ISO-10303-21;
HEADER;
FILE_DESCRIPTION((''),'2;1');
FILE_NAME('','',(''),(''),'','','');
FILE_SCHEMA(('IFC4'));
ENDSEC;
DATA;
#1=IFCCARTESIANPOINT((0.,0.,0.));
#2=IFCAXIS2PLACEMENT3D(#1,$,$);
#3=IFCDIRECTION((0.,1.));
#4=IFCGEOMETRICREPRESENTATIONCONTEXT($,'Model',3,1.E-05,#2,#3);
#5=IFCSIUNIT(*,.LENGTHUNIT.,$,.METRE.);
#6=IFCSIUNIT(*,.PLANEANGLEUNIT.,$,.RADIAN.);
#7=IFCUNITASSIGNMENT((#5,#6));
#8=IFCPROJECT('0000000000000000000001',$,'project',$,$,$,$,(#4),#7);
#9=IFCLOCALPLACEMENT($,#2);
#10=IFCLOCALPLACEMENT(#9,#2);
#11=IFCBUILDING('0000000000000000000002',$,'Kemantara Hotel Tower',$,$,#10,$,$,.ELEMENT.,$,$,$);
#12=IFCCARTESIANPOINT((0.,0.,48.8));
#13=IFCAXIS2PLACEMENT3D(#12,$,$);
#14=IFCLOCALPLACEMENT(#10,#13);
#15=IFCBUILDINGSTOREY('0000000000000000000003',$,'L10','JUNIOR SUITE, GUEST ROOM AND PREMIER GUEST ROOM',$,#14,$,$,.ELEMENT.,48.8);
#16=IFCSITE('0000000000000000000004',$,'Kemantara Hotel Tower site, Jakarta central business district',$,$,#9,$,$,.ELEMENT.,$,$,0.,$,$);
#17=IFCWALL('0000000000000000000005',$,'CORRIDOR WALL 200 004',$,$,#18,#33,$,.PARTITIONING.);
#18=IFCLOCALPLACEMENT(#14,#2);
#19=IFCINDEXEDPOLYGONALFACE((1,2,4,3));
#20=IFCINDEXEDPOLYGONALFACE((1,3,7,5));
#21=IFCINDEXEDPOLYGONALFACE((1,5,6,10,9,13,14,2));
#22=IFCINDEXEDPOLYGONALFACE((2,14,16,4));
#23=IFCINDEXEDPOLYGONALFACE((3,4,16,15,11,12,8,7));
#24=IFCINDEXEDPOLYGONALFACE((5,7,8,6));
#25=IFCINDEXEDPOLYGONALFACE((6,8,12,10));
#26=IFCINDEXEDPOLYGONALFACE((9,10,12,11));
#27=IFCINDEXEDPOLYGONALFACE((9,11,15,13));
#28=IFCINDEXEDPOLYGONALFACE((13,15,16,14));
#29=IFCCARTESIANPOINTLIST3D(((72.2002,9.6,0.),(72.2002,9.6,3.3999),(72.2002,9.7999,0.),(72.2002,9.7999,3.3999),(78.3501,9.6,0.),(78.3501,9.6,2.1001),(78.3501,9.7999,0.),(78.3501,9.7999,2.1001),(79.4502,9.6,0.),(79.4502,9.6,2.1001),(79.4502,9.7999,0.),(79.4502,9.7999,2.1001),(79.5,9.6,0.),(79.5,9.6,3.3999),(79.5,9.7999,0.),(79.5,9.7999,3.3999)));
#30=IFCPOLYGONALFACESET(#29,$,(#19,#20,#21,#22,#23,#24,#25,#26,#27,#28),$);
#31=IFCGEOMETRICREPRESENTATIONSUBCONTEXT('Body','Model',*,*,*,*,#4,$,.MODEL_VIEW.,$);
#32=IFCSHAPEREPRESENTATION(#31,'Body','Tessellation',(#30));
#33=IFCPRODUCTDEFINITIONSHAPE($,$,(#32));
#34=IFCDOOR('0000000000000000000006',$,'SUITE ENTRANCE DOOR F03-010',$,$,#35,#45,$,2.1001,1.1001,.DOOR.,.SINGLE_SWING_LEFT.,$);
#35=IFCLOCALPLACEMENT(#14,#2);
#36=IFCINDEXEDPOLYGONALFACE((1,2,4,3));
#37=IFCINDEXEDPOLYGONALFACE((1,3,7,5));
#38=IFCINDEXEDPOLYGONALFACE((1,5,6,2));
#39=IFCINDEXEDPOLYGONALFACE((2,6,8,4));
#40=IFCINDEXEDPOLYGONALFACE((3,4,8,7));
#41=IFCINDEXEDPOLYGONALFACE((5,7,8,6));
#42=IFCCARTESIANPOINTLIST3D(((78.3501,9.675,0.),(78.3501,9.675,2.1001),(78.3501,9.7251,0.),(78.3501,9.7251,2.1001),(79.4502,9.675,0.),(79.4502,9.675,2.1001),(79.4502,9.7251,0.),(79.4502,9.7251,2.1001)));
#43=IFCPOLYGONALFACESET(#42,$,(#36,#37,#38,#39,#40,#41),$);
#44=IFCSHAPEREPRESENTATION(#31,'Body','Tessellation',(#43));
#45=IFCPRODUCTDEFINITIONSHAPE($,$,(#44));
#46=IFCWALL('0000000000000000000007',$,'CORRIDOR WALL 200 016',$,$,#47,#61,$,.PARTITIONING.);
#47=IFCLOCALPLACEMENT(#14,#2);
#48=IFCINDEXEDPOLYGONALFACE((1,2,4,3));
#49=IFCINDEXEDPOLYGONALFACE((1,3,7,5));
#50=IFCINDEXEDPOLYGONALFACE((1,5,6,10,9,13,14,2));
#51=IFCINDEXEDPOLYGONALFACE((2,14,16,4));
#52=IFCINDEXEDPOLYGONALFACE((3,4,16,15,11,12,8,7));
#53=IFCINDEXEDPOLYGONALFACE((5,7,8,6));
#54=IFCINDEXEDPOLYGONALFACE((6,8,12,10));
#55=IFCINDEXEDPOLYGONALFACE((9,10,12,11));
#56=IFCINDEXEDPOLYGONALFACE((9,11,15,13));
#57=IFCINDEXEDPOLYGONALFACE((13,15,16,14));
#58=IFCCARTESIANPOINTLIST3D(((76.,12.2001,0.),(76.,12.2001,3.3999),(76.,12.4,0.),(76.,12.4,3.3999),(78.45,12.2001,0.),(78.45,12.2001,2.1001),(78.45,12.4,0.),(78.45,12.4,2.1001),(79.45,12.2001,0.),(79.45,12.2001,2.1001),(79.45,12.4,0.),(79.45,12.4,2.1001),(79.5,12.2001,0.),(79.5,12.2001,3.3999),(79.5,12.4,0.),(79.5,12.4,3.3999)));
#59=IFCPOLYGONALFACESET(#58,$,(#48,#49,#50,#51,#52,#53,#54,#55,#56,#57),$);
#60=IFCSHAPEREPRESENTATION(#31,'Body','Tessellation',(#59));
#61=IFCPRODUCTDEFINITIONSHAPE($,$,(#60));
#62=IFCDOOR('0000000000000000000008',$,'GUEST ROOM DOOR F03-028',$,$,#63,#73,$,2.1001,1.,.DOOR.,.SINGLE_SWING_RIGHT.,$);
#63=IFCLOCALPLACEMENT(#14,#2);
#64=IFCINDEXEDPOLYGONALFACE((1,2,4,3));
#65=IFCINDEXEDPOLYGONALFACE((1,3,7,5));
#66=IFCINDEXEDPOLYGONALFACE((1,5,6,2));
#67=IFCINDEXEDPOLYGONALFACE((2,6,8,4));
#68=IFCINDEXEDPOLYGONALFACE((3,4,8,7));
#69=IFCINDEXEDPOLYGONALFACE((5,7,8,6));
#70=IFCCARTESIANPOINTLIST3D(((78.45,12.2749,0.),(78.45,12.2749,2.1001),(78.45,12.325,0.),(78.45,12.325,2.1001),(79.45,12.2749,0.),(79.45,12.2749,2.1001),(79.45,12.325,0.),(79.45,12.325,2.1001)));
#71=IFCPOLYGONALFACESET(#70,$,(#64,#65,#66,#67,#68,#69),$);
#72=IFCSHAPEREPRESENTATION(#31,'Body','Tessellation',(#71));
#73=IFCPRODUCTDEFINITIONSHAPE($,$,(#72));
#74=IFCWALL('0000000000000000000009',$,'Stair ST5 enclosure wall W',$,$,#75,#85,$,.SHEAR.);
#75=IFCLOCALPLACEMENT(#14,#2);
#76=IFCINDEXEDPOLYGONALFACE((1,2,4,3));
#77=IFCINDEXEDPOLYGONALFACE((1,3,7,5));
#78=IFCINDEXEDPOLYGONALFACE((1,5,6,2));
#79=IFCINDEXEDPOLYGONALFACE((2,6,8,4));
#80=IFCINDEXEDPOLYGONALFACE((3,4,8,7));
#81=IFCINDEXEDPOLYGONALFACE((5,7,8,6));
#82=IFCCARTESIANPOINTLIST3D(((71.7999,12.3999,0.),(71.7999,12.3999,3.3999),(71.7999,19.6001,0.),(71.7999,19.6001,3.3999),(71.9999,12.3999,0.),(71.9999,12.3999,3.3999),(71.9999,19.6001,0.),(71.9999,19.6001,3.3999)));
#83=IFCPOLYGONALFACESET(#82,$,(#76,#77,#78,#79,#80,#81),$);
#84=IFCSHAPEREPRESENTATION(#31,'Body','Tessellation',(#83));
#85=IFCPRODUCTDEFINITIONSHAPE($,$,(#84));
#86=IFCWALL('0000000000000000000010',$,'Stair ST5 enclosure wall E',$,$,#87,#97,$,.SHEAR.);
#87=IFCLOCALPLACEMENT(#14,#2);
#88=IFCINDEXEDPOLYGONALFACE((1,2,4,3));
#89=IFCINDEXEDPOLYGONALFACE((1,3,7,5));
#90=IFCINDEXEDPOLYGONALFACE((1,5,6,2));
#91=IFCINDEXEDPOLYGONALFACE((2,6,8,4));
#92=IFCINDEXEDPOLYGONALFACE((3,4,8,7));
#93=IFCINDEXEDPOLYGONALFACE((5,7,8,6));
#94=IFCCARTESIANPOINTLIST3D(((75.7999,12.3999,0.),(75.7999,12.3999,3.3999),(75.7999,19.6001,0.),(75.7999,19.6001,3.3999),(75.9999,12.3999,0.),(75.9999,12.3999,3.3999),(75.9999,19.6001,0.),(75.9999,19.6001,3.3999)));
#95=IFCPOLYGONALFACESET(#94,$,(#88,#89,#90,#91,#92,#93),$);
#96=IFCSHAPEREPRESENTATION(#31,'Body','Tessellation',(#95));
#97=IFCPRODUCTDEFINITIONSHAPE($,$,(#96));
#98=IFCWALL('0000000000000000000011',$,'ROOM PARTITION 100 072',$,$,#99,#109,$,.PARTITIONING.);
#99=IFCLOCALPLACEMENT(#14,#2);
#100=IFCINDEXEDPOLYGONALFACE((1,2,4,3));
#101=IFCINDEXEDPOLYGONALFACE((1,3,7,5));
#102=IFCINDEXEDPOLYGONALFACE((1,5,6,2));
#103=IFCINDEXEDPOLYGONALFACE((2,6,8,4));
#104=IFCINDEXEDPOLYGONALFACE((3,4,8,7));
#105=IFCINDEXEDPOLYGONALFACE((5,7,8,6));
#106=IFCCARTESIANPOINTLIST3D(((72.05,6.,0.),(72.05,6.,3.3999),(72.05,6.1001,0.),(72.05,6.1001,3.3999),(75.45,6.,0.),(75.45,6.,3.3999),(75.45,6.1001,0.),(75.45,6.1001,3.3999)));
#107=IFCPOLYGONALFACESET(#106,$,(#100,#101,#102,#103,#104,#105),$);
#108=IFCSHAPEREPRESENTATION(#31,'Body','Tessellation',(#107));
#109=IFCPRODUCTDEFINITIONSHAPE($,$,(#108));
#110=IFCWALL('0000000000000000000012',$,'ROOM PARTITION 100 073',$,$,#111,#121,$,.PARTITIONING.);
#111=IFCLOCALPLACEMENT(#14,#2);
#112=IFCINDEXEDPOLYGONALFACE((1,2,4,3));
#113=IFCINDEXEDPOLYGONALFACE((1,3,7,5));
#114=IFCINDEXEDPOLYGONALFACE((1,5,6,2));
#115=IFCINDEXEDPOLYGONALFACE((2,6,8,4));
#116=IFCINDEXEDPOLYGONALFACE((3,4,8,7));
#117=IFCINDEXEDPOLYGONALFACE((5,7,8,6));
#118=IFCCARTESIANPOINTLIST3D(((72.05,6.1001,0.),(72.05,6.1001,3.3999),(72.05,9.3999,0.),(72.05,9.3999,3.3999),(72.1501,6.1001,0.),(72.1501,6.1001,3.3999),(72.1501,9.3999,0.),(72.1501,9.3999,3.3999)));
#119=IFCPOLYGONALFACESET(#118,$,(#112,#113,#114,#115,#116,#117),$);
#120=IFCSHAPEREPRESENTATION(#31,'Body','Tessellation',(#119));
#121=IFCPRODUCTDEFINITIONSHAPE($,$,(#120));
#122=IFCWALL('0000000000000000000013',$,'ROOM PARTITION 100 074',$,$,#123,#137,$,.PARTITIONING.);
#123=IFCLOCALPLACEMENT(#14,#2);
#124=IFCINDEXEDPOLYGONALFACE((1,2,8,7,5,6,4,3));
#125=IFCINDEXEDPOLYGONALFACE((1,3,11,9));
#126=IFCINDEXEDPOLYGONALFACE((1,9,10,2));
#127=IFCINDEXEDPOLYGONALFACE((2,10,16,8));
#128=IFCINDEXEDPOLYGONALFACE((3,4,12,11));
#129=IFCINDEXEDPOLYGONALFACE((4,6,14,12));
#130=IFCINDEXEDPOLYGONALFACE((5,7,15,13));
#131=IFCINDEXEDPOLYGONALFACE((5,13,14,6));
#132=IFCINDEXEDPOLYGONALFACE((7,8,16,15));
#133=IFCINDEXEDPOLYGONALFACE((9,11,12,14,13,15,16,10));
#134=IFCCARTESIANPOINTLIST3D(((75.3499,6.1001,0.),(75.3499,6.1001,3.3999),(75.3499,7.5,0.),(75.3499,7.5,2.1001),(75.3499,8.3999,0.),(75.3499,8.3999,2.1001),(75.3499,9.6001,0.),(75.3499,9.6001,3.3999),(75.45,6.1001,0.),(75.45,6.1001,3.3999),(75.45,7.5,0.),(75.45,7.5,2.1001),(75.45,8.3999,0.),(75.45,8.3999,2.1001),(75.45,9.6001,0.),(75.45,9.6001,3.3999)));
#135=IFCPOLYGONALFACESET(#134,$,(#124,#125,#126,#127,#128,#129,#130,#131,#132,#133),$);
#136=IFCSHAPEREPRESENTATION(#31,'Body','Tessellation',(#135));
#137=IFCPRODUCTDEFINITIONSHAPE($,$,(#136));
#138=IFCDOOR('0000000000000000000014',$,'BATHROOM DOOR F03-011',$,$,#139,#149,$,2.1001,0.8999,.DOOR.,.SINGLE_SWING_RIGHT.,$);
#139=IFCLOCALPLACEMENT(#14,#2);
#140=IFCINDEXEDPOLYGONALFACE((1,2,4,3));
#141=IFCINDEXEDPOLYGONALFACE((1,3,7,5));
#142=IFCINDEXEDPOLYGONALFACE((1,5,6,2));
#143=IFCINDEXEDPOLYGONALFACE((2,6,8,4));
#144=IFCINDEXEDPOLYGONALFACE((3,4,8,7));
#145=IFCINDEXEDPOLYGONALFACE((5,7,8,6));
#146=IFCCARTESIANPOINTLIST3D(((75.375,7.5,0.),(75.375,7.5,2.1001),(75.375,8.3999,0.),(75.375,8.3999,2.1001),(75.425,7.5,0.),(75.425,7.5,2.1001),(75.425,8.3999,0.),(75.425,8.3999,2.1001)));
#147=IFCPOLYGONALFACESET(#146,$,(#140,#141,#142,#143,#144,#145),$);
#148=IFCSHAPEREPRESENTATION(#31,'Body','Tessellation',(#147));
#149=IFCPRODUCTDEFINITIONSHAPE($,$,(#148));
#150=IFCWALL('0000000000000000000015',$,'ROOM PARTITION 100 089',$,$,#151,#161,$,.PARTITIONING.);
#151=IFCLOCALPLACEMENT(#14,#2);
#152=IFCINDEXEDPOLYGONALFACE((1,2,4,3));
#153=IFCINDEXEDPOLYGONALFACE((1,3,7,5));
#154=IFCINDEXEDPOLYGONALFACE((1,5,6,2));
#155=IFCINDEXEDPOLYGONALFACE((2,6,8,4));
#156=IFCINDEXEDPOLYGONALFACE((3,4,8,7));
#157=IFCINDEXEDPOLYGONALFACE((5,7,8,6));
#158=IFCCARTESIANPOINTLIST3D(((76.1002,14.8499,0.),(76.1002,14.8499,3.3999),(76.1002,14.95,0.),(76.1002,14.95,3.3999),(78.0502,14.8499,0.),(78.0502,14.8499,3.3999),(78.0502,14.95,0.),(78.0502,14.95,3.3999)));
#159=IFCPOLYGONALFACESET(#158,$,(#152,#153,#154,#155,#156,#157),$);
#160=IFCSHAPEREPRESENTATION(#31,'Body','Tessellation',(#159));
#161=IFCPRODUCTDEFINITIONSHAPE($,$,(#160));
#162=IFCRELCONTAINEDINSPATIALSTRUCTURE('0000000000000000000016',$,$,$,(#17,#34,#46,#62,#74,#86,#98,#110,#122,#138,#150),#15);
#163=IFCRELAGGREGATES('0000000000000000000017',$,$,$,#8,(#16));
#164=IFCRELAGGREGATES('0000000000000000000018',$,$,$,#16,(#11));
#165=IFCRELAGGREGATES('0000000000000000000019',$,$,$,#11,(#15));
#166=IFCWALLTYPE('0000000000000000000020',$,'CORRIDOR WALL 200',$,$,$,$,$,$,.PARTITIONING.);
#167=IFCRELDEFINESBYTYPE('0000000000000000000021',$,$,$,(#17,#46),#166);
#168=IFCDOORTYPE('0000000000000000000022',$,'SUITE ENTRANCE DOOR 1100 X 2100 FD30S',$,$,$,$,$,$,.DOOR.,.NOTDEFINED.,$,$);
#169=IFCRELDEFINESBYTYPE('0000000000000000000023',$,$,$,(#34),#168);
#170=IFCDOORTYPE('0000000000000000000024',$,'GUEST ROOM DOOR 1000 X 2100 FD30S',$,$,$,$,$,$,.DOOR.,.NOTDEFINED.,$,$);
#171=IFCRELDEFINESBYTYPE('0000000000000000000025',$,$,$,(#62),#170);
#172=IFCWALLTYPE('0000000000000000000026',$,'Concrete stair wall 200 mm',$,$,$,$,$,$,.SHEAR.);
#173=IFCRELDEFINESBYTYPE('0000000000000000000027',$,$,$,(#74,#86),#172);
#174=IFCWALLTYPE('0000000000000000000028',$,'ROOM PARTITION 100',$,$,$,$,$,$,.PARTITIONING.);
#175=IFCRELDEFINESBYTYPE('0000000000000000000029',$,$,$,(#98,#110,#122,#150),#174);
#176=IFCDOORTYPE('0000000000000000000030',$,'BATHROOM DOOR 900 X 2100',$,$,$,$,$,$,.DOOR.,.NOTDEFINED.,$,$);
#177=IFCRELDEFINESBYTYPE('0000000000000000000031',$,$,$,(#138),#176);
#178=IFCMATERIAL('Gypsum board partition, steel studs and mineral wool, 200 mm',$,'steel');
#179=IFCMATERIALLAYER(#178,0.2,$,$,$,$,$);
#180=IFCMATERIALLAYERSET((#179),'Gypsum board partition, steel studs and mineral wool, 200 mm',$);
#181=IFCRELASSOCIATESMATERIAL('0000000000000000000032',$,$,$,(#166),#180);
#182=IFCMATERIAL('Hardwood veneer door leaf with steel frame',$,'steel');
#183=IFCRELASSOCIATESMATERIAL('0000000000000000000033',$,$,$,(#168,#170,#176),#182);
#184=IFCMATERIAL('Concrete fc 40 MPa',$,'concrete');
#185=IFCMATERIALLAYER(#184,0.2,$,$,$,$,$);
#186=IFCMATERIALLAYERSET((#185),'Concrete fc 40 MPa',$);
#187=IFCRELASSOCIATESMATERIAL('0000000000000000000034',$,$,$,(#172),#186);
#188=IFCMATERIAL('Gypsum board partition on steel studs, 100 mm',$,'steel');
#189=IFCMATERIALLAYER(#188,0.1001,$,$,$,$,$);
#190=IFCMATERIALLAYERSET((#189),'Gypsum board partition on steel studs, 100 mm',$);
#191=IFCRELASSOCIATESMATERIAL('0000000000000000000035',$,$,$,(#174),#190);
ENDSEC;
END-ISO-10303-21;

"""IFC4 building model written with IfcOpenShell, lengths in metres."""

from ifc_helpers import new_model, si_unit, direction, frame, frame_2d, origin, place, context, subcontext, project, spatial, rectangle, extrude, material, layer, layer_set, type_object, element, fill, save


model = new_model("IFC4")

# Units and contexts
model_context = context("Model", 3, precision=1e-05, world=origin(), true_north=direction((0.0, 1.0)))
body_context = subcontext(model_context, "Body", "Model", "MODEL_VIEW")
ifc_project = project(units=[si_unit("LENGTHUNIT", "METRE"), si_unit("PLANEANGLEUNIT", "RADIAN")], contexts=[model_context])

# Site, building, storey
site_placement = place(None, origin())
site = spatial("IfcSite", under=ifc_project, at=site_placement, Name="Kemantara Hotel Tower site, Jakarta central business district", CompositionType="ELEMENT", RefElevation=0.0)
building_placement = place(site_placement, origin())
building = spatial("IfcBuilding", under=site, at=building_placement, Name="Kemantara Hotel Tower", CompositionType="ELEMENT")
storey_placement = place(building_placement, frame((0.0, 0.0, 48.8)))
storey = spatial("IfcBuildingStorey", under=building, at=storey_placement, Name="L10", Description="JUNIOR SUITE, GUEST ROOM AND PREMIER GUEST ROOM", CompositionType="ELEMENT", Elevation=48.8)

# Walls, openings, doors
ifc_material_1 = material(Name="Gypsum board partition, steel studs and mineral wool, 200 mm", Category="steel")
ifc_layer_1 = layer(ifc_material_1, 0.2)
ifc_layer_set_1 = layer_set([ifc_layer_1], Name="Gypsum board partition, steel studs and mineral wool, 200 mm")
wall_type_1 = type_object("IfcWallType", Name="CORRIDOR WALL 200", PredefinedType="PARTITIONING", material=ifc_layer_set_1)
wall_1_placement = place(storey_placement, frame((79.5, 9.7, 0.0), z_axis=(0.0, 0.0, 1.0), x_axis=(-1.0, 0.0, 0.0)))
wall_1 = element("IfcWall", 1, at=wall_1_placement, inside=storey, type_object=wall_type_1, Name="CORRIDOR WALL 200 004", PredefinedType="PARTITIONING", context=body_context, shape_type="SweptSolid", body=[
    extrude(rectangle(XDim=7.2998, YDim=0.2, at=frame_2d((3.6499, 0.0))), origin(), (0.0, 0.0, 1.0), 3.3999),
])
opening_1_placement = place(wall_1_placement, frame((0.0498, 0.0, 0.0)))
opening_1 = element("IfcOpeningElement", 2, at=opening_1_placement, cuts=wall_1, PredefinedType="OPENING", context=body_context, shape_type="SweptSolid", body=[
    extrude(rectangle(XDim=1.1001, YDim=2.1001, at=frame_2d((0.55, 1.05))), frame((0.0, 0.1099, 0.0), z_axis=(0.0, -1.0, 0.0), x_axis=(1.0, 0.0, 0.0)), (0.0, 0.0, 1.0), 0.22),
])
ifc_material_2 = material(Name="Hardwood veneer door leaf with steel frame", Category="steel")
door_type_1 = type_object("IfcDoorType", Name="SUITE ENTRANCE DOOR 1100 X 2100 FD30S", OperationType="NOTDEFINED", PredefinedType="DOOR", material=ifc_material_2)
door_1_placement = place(opening_1_placement, origin())
door_1 = element("IfcDoor", 3, at=door_1_placement, inside=storey, type_object=door_type_1, Name="SUITE ENTRANCE DOOR F03-010", OperationType="SINGLE_SWING_LEFT", OverallHeight=2.1001, OverallWidth=1.1001, PredefinedType="DOOR", context=body_context, shape_type="SweptSolid", body=[
    extrude(rectangle(XDim=1.1001, YDim=2.1001, at=frame_2d((0.55, 1.05))), frame((0.0, 0.0249, 0.0), z_axis=(0.0, -1.0, 0.0), x_axis=(1.0, 0.0, 0.0)), (0.0, 0.0, 1.0), 0.05),
])
fill(opening_1, door_1)
wall_2_placement = place(storey_placement, frame((76.0, 12.3, 0.0), z_axis=(0.0, 0.0, 1.0), x_axis=(1.0, 0.0, 0.0)))
wall_2 = element("IfcWall", 4, at=wall_2_placement, inside=storey, type_object=wall_type_1, Name="CORRIDOR WALL 200 016", PredefinedType="PARTITIONING", context=body_context, shape_type="SweptSolid", body=[
    extrude(rectangle(XDim=3.5, YDim=0.2, at=frame_2d((1.75, 0.0))), origin(), (0.0, 0.0, 1.0), 3.3999),
])
opening_2_placement = place(wall_2_placement, frame((2.45, 0.0, 0.0)))
opening_2 = element("IfcOpeningElement", 5, at=opening_2_placement, cuts=wall_2, PredefinedType="OPENING", context=body_context, shape_type="SweptSolid", body=[
    extrude(rectangle(XDim=1.0, YDim=2.1001, at=frame_2d((0.5, 1.05))), frame((0.0, 0.1099, 0.0), z_axis=(0.0, -1.0, 0.0), x_axis=(1.0, 0.0, 0.0)), (0.0, 0.0, 1.0), 0.22),
])
door_type_2 = type_object("IfcDoorType", Name="GUEST ROOM DOOR 1000 X 2100 FD30S", OperationType="NOTDEFINED", PredefinedType="DOOR", material=ifc_material_2)
door_2_placement = place(opening_2_placement, origin())
door_2 = element("IfcDoor", 6, at=door_2_placement, inside=storey, type_object=door_type_2, Name="GUEST ROOM DOOR F03-028", OperationType="SINGLE_SWING_RIGHT", OverallHeight=2.1001, OverallWidth=1.0, PredefinedType="DOOR", context=body_context, shape_type="SweptSolid", body=[
    extrude(rectangle(XDim=1.0, YDim=2.1001, at=frame_2d((0.5, 1.05))), frame((0.0, 0.0249, 0.0), z_axis=(0.0, -1.0, 0.0), x_axis=(1.0, 0.0, 0.0)), (0.0, 0.0, 1.0), 0.05),
])
fill(opening_2, door_2)

# Walls
ifc_material_3 = material(Name="Concrete fc 40 MPa", Category="concrete")
ifc_layer_2 = layer(ifc_material_3, 0.2)
ifc_layer_set_2 = layer_set([ifc_layer_2], Name="Concrete fc 40 MPa")
wall_type_2 = type_object("IfcWallType", Name="Concrete stair wall 200 mm", PredefinedType="SHEAR", material=ifc_layer_set_2)
for number, where, z_axis, x_axis, name in (
    (7, (71.8999, 12.3999, 0.0), (0.0, 0.0, 1.0), (0.0, 1.0, 0.0), "Stair ST5 enclosure wall W"),
    (8, (75.8999, 12.3999, 0.0), (0.0, 0.0, 1.0), (0.0, 1.0, 0.0), "Stair ST5 enclosure wall E"),
):
    element("IfcWall", number, at=place(storey_placement, frame(where, z_axis=z_axis, x_axis=x_axis)), inside=storey, type_object=wall_type_2, Name=name, PredefinedType="SHEAR", context=body_context, shape_type="SweptSolid", body=[
        extrude(rectangle(XDim=7.2002, YDim=0.2, at=frame_2d((3.6001, 0.0))), origin(), (0.0, 0.0, 1.0), 3.3999),
    ])
ifc_material_4 = material(Name="Gypsum board partition on steel studs, 100 mm", Category="steel")
ifc_layer_3 = layer(ifc_material_4, 0.1001)
ifc_layer_set_3 = layer_set([ifc_layer_3], Name="Gypsum board partition on steel studs, 100 mm")
wall_type_3 = type_object("IfcWallType", Name="ROOM PARTITION 100", PredefinedType="PARTITIONING", material=ifc_layer_set_3)
wall_3_placement = place(storey_placement, frame((72.05, 6.05, 0.0), z_axis=(0.0, 0.0, 1.0), x_axis=(1.0, 0.0, 0.0)))
element("IfcWall", 9, at=wall_3_placement, inside=storey, type_object=wall_type_3, Name="ROOM PARTITION 100 072", PredefinedType="PARTITIONING", context=body_context, shape_type="SweptSolid", body=[
    extrude(rectangle(XDim=3.3999, YDim=0.1001, at=frame_2d((1.7, 0.0))), origin(), (0.0, 0.0, 1.0), 3.3999),
])
wall_4_placement = place(storey_placement, frame((72.1001, 6.1001, 0.0), z_axis=(0.0, 0.0, 1.0), x_axis=(0.0, 1.0, 0.0)))
element("IfcWall", 10, at=wall_4_placement, inside=storey, type_object=wall_type_3, Name="ROOM PARTITION 100 073", PredefinedType="PARTITIONING", context=body_context, shape_type="SweptSolid", body=[
    extrude(rectangle(XDim=3.2998, YDim=0.1001, at=frame_2d((1.6499, 0.0))), origin(), (0.0, 0.0, 1.0), 3.3999),
])

# Wall, opening, door
wall_5_placement = place(storey_placement, frame((75.3999, 6.1001, 0.0), z_axis=(0.0, 0.0, 1.0), x_axis=(0.0, 1.0, 0.0)))
wall_5 = element("IfcWall", 11, at=wall_5_placement, inside=storey, type_object=wall_type_3, Name="ROOM PARTITION 100 074", PredefinedType="PARTITIONING", context=body_context, shape_type="SweptSolid", body=[
    extrude(rectangle(XDim=3.5, YDim=0.1001, at=frame_2d((1.75, 0.0))), origin(), (0.0, 0.0, 1.0), 3.3999),
])
opening_3_placement = place(wall_5_placement, frame((1.3999, 0.0, 0.0)))
opening_3 = element("IfcOpeningElement", 12, at=opening_3_placement, cuts=wall_5, PredefinedType="OPENING", context=body_context, shape_type="SweptSolid", body=[
    extrude(rectangle(XDim=0.8999, YDim=2.1001, at=frame_2d((0.45, 1.05))), frame((0.0, 0.0601, 0.0), z_axis=(0.0, -1.0, 0.0), x_axis=(1.0, 0.0, 0.0)), (0.0, 0.0, 1.0), 0.1201),
])
door_type_3 = type_object("IfcDoorType", Name="BATHROOM DOOR 900 X 2100", OperationType="NOTDEFINED", PredefinedType="DOOR", material=ifc_material_2)
door_3_placement = place(opening_3_placement, origin())
door_3 = element("IfcDoor", 13, at=door_3_placement, inside=storey, type_object=door_type_3, Name="BATHROOM DOOR F03-011", OperationType="SINGLE_SWING_RIGHT", OverallHeight=2.1001, OverallWidth=0.8999, PredefinedType="DOOR", context=body_context, shape_type="SweptSolid", body=[
    extrude(rectangle(XDim=0.8999, YDim=2.1001, at=frame_2d((0.45, 1.05))), frame((0.0, 0.0249, 0.0), z_axis=(0.0, -1.0, 0.0), x_axis=(1.0, 0.0, 0.0)), (0.0, 0.0, 1.0), 0.05),
])
fill(opening_3, door_3)

# Wall
wall_6_placement = place(storey_placement, frame((76.1001, 14.8999, 0.0), z_axis=(0.0, 0.0, 1.0), x_axis=(1.0, 0.0, 0.0)))
element("IfcWall", 14, at=wall_6_placement, inside=storey, type_object=wall_type_3, Name="ROOM PARTITION 100 089", PredefinedType="PARTITIONING", context=body_context, shape_type="SweptSolid", body=[
    extrude(rectangle(XDim=1.95, YDim=0.1001, at=frame_2d((0.9751, 0.0))), origin(), (0.0, 0.0, 1.0), 3.3999),
])

save(model, "model.ifc")
